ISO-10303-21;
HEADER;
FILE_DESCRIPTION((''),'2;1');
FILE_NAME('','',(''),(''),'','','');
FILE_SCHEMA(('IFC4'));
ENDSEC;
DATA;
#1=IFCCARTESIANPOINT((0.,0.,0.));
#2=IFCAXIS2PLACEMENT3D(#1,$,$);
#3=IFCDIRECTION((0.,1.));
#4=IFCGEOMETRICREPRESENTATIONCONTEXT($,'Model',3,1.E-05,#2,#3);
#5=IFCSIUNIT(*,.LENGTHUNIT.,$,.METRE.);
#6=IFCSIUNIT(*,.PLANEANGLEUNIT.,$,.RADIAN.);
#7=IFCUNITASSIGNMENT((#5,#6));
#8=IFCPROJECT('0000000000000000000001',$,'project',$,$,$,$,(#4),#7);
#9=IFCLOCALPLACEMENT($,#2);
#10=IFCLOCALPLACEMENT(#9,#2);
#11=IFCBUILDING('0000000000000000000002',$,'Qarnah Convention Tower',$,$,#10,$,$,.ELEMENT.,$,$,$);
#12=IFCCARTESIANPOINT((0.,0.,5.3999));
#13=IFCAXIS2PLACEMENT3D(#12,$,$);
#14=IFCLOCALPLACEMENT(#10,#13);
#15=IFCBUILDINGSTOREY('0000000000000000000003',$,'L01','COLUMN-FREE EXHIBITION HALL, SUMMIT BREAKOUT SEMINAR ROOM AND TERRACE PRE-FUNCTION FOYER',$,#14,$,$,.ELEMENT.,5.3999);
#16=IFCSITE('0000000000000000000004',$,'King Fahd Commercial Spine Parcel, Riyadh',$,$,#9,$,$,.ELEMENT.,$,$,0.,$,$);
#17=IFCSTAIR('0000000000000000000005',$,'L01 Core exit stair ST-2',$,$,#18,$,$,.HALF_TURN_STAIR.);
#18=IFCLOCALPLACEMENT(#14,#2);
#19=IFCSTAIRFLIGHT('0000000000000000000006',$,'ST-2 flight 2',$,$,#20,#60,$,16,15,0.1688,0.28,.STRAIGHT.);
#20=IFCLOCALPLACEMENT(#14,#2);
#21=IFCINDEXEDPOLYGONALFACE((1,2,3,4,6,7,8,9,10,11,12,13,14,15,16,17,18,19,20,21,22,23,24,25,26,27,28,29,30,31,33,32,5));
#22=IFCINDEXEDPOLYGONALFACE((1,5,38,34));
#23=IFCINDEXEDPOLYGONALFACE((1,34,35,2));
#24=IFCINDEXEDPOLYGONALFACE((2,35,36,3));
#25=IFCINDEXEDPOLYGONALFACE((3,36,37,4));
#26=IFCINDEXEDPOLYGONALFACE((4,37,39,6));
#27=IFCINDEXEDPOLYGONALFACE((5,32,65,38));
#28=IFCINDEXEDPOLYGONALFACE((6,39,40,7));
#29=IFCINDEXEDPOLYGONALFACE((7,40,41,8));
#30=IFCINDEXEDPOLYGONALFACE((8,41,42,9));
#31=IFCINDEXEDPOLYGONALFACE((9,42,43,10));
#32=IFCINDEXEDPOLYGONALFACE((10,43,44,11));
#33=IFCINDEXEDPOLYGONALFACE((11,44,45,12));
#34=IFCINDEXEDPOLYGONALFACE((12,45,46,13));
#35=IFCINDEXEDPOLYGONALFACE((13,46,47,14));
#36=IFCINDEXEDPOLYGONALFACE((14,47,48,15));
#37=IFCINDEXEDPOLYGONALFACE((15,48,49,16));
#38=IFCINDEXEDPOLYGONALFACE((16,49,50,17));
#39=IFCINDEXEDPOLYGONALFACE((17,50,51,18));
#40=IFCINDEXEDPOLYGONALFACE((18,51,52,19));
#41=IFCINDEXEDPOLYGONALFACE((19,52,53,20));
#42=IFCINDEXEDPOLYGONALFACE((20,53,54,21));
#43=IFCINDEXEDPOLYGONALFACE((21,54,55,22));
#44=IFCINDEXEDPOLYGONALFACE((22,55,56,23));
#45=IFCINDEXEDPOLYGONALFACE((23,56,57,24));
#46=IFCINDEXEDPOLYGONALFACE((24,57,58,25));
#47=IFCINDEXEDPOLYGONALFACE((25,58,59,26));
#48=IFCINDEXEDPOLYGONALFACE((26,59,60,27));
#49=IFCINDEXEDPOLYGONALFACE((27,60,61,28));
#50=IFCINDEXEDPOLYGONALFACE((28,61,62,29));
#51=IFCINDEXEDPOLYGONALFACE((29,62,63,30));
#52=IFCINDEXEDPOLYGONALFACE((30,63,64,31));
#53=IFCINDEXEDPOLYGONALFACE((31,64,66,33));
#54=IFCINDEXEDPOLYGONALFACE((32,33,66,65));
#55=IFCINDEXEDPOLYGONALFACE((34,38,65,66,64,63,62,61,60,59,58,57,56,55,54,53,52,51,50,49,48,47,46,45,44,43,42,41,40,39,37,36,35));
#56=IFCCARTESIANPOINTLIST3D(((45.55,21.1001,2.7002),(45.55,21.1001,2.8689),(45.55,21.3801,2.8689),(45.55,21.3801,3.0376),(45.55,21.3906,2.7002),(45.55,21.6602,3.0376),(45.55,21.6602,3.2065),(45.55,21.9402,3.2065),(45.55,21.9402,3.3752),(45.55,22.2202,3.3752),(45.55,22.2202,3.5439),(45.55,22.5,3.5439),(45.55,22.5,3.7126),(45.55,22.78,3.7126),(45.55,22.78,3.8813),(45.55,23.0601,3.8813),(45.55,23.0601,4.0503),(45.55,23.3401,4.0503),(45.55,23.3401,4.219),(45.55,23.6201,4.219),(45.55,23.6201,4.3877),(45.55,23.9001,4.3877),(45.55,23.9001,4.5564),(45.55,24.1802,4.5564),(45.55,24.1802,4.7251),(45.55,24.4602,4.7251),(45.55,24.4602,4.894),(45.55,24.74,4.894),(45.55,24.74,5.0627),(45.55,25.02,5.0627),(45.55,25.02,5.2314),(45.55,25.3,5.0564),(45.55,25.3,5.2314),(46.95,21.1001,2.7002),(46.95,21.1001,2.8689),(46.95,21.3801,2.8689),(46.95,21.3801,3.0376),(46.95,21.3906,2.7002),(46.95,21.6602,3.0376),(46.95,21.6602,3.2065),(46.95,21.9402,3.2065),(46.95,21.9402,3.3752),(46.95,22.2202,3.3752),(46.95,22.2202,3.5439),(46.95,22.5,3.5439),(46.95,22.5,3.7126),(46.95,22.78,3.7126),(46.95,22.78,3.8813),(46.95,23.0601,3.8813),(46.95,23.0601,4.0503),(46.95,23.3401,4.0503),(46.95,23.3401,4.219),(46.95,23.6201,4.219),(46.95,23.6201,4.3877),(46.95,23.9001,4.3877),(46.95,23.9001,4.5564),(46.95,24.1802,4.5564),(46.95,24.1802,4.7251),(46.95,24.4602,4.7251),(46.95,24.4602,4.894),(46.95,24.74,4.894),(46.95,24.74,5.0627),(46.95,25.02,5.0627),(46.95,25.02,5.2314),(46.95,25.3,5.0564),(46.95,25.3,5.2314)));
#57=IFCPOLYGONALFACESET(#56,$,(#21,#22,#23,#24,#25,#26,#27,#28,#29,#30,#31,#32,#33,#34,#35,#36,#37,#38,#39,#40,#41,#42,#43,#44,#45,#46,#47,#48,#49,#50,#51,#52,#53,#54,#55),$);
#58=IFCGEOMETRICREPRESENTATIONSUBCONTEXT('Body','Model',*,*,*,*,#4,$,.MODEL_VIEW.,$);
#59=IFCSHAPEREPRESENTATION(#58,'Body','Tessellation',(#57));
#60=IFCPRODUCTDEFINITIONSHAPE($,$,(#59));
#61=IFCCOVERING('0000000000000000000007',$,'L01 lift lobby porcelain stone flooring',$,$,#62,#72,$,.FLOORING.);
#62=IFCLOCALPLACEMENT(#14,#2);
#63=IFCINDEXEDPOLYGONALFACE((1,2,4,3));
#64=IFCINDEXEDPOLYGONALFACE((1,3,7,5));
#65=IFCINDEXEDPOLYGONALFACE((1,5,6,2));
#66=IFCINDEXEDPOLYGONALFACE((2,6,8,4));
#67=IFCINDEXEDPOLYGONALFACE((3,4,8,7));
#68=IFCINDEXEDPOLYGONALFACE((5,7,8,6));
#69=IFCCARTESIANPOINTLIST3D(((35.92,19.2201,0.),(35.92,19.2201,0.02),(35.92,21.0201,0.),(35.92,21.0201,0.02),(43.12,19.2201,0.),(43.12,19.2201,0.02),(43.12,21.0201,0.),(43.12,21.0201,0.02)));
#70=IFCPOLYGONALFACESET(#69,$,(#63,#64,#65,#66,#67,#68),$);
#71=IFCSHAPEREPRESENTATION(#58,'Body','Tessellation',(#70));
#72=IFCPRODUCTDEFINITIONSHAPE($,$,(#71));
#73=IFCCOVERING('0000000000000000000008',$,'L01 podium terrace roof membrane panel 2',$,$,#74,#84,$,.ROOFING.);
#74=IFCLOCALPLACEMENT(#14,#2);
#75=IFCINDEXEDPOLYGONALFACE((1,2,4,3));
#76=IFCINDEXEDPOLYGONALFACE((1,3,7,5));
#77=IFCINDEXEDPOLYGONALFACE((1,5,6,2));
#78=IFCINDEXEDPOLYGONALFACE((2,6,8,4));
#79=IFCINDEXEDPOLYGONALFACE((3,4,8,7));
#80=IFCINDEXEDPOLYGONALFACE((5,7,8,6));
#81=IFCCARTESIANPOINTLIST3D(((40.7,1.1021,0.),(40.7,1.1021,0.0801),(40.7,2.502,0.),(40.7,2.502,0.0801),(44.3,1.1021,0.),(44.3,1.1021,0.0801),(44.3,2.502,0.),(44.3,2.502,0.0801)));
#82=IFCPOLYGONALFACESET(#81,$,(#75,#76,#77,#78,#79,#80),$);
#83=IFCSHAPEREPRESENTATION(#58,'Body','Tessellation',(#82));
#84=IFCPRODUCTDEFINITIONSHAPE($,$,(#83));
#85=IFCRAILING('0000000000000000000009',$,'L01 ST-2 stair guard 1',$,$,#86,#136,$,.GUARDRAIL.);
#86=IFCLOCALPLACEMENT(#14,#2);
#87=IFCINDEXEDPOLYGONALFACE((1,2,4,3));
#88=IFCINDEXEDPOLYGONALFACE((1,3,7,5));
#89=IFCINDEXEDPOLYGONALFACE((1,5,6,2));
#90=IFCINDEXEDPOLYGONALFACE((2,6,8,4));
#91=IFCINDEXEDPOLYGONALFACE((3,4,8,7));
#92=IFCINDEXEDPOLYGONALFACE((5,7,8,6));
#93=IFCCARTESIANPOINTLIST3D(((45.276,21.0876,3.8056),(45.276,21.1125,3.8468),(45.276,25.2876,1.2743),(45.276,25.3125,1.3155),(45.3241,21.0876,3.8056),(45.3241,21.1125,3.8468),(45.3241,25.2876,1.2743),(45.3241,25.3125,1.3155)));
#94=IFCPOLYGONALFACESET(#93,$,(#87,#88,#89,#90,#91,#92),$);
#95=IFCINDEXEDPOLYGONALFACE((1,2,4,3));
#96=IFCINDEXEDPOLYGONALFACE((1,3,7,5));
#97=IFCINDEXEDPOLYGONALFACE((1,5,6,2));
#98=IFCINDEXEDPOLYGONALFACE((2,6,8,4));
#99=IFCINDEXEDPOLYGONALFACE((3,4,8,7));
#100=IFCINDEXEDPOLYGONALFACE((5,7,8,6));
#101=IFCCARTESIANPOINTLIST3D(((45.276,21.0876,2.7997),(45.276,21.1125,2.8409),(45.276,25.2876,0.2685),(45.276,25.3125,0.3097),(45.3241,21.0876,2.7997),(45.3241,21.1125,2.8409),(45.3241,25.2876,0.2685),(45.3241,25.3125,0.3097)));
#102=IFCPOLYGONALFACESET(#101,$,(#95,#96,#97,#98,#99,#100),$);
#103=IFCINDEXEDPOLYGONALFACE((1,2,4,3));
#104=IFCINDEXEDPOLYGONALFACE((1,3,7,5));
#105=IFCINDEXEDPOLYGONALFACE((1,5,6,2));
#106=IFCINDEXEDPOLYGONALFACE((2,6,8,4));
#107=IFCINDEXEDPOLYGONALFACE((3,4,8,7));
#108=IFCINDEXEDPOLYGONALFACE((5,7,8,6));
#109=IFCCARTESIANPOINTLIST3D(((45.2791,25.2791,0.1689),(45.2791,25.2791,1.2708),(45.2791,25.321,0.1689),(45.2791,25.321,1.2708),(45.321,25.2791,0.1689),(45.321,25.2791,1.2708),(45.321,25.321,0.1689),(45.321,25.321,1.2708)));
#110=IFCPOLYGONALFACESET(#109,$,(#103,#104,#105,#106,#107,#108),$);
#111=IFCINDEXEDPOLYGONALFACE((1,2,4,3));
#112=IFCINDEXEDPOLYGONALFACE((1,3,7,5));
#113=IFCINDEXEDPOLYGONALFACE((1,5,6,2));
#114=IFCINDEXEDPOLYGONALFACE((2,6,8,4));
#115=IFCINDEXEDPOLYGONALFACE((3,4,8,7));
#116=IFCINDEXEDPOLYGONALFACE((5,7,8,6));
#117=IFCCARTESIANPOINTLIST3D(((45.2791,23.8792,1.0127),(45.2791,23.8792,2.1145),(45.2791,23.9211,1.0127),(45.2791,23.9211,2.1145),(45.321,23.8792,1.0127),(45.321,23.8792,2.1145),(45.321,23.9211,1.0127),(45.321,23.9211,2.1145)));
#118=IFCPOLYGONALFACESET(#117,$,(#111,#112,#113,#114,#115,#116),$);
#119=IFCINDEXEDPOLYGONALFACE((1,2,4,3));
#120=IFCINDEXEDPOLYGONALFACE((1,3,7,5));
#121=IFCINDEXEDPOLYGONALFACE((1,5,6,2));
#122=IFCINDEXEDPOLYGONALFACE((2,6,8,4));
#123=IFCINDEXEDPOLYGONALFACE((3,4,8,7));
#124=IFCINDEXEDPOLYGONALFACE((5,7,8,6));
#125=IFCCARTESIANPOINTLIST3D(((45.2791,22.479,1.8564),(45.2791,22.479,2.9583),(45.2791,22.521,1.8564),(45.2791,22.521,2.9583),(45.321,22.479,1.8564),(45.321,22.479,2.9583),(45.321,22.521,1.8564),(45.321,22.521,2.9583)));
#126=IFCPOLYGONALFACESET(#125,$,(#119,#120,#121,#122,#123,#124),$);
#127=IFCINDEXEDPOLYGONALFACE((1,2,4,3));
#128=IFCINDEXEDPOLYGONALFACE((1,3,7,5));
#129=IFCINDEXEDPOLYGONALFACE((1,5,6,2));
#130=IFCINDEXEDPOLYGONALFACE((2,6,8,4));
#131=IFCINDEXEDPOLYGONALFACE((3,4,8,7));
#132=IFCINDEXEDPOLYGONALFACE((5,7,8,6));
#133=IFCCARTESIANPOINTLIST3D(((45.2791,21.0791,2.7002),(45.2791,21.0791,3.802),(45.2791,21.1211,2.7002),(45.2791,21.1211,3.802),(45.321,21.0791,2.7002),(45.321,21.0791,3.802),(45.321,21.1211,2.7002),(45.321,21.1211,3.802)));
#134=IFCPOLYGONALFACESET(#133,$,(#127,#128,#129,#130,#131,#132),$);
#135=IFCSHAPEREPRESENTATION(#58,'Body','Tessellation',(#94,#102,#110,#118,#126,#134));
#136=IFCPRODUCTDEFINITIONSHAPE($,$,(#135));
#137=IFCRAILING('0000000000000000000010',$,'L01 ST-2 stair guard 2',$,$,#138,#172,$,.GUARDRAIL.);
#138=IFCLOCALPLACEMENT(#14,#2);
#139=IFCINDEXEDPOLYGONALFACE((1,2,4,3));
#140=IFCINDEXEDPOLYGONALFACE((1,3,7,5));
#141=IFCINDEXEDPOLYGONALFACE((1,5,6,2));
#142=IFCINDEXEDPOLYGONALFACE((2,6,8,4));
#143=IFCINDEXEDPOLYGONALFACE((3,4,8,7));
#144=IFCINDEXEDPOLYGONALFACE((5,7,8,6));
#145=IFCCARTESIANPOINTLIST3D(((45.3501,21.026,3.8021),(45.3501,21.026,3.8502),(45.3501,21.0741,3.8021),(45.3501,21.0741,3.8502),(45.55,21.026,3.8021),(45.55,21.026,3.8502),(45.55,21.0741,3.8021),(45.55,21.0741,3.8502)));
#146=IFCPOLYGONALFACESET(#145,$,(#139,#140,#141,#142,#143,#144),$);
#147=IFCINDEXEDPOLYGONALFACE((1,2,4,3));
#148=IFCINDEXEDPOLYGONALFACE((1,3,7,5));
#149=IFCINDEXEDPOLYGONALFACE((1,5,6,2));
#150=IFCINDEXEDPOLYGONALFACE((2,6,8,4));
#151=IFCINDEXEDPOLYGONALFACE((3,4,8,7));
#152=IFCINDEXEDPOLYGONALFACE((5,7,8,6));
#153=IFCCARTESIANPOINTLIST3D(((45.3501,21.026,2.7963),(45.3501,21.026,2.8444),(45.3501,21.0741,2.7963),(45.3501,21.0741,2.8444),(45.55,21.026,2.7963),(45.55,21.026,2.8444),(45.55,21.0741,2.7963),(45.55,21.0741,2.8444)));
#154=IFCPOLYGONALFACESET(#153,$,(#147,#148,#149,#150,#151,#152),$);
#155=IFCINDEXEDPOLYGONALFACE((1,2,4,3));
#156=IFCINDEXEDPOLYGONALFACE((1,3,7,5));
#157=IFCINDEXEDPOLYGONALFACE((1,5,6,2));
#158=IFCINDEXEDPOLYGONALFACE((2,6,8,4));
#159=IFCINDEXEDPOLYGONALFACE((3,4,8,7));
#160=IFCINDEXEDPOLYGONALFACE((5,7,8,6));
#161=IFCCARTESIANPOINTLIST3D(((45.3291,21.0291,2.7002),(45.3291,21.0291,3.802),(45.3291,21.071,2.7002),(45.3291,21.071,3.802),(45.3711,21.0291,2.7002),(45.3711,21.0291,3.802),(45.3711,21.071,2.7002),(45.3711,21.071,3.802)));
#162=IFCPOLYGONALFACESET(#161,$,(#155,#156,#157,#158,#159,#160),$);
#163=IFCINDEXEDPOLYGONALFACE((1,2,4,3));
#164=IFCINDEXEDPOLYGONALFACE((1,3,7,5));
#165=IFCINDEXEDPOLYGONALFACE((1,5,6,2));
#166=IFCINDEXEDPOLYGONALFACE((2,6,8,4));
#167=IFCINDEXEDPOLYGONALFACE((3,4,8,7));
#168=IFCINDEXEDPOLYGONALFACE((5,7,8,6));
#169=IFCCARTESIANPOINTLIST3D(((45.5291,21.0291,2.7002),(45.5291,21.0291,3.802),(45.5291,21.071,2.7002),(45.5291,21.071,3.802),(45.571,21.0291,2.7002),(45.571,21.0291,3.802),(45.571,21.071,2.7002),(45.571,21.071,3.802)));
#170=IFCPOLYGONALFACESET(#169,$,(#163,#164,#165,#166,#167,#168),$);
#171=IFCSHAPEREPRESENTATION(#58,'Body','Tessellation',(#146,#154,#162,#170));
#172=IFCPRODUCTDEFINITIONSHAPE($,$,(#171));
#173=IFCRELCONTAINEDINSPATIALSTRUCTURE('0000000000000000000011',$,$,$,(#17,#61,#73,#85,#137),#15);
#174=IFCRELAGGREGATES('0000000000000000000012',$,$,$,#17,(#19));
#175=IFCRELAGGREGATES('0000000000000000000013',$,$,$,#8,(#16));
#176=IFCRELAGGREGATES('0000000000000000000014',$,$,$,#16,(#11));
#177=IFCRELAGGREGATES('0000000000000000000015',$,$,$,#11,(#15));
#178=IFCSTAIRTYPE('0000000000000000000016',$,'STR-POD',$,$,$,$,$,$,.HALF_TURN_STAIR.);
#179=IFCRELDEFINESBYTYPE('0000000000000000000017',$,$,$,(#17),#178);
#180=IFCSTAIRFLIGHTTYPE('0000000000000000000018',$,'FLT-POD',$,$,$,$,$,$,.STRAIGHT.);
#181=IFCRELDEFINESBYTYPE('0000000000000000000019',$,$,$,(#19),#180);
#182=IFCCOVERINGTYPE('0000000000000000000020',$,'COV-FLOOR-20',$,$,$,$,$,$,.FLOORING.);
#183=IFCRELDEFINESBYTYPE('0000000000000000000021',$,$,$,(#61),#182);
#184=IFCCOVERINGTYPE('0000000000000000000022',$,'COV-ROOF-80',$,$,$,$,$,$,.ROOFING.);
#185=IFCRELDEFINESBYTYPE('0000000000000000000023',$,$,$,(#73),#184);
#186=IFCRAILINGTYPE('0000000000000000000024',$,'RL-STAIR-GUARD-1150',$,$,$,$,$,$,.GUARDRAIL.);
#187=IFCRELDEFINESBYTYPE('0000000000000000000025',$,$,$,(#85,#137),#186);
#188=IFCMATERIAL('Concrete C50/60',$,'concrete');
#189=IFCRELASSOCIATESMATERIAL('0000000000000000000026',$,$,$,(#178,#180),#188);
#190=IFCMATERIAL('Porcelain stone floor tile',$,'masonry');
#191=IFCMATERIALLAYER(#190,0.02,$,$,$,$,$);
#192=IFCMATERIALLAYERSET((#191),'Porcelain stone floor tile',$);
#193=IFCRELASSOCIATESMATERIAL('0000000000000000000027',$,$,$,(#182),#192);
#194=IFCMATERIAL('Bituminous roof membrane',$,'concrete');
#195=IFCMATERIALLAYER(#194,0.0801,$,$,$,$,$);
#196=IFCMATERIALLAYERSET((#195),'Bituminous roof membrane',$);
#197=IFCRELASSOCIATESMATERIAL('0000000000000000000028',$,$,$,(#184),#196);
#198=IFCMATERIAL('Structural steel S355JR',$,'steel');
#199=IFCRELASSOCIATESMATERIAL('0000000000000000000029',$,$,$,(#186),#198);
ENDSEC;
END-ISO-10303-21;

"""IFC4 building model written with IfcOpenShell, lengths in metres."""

from ifc_helpers import new_model, si_unit, direction, frame, origin, origin_2d, place, context, subcontext, project, spatial, polyline, rectangle, outline, extrude, material, layer, layer_set, type_object, element, aggregate, save


model = new_model("IFC4")

# Units and contexts
model_context = context("Model", 3, precision=1e-05, world=origin(), true_north=direction((0.0, 1.0)))
body_context = subcontext(model_context, "Body", "Model", "MODEL_VIEW")
ifc_project = project(units=[si_unit("LENGTHUNIT", "METRE"), si_unit("PLANEANGLEUNIT", "RADIAN")], contexts=[model_context])

# Site, building, storey
site_placement = place(None, origin())
site = spatial("IfcSite", under=ifc_project, at=site_placement, Name="King Fahd Commercial Spine Parcel, Riyadh", CompositionType="ELEMENT", RefElevation=0.0)
building_placement = place(site_placement, origin())
building = spatial("IfcBuilding", under=site, at=building_placement, Name="Qarnah Convention Tower", CompositionType="ELEMENT")
storey_placement = place(building_placement, frame((0.0, 0.0, 5.3999)))
storey = spatial("IfcBuildingStorey", under=building, at=storey_placement, Name="L01", Description="COLUMN-FREE EXHIBITION HALL, SUMMIT BREAKOUT SEMINAR ROOM AND TERRACE PRE-FUNCTION FOYER", CompositionType="ELEMENT", Elevation=5.3999)

# Shared definitions
ifc_material_1 = material(Name="Structural steel S355JR", Category="steel")

# Stair, stair flight
ifc_material_2 = material(Name="Concrete C50/60", Category="concrete")
stair_type = type_object("IfcStairType", Name="STR-POD", PredefinedType="HALF_TURN_STAIR", material=ifc_material_2)
stair_placement = place(storey_placement, origin())
stair = element("IfcStair", 1, at=stair_placement, inside=storey, type_object=stair_type, Name="L01 Core exit stair ST-2", PredefinedType="HALF_TURN_STAIR")
stair_flight_type = type_object("IfcStairFlightType", Name="FLT-POD", PredefinedType="STRAIGHT", material=ifc_material_2)
stair_flight_1_placement = place(storey_placement, frame((46.25, 21.1001, 2.7002), z_axis=(0.0, 0.0, 1.0), x_axis=(0.0, 1.0, 0.0)))
stair_flight_1 = element("IfcStairFlight", 2, at=stair_flight_1_placement, type_object=stair_flight_type, Name="ST-2 flight 2", NumberOfRisers=16, NumberOfTreads=15, PredefinedType="STRAIGHT", RiserHeight=0.1688, TreadLength=0.28, context=body_context, shape_type="SweptSolid", body=[
    extrude(outline(polyline([(0.0, 0.0), (0.0, 0.1687), (0.28, 0.1687), (0.28, 0.3374), (0.5601, 0.3374), (0.5601, 0.5063), (0.8401, 0.5063), (0.8401, 0.675), (1.1201, 0.675), (1.1201, 0.8438), (1.3999, 0.8438), (1.3999, 1.0125), (1.6799, 1.0125), (1.6799, 1.1812), (1.96, 1.1812), (1.96, 1.3501), (2.24, 1.3501), (2.24, 1.5188), (2.52, 1.5188), (2.52, 1.6875), (2.8, 1.6875), (2.8, 1.8562), (3.0801, 1.8562), (3.0801, 2.0249), (3.3601, 2.0249), (3.3601, 2.1938), (3.6399, 2.1938), (3.6399, 2.3625), (3.9199, 2.3625), (3.9199, 2.5312), (4.2, 2.5312), (4.2, 2.7), (4.2, 2.3562), (0.2905, 0.0), (0.0, 0.0)])), frame((0.0, 0.7, 0.0), z_axis=(0.0, -1.0, 0.0), x_axis=(1.0, 0.0, 0.0)), (0.0, 0.0, 1.0), 1.3999),
])
aggregate(stair, [stair_flight_1])

# Coverings
ifc_material_3 = material(Name="Porcelain stone floor tile", Category="masonry")
ifc_layer_1 = layer(ifc_material_3, 0.02)
ifc_layer_set_1 = layer_set([ifc_layer_1], Name="Porcelain stone floor tile")
covering_type_1 = type_object("IfcCoveringType", Name="COV-FLOOR-20", PredefinedType="FLOORING", material=ifc_layer_set_1)
covering_1_placement = place(storey_placement, frame((39.52, 20.1201, 0.0), z_axis=(0.0, 0.0, 1.0), x_axis=(1.0, 0.0, 0.0)))
element("IfcCovering", 3, at=covering_1_placement, inside=storey, type_object=covering_type_1, Name="L01 lift lobby porcelain stone flooring", PredefinedType="FLOORING", context=body_context, shape_type="SweptSolid", body=[
    extrude(rectangle(XDim=7.2, YDim=1.8, at=origin_2d()), origin(), (0.0, 0.0, 1.0), 0.02),
])
ifc_material_4 = material(Name="Bituminous roof membrane", Category="concrete")
ifc_layer_2 = layer(ifc_material_4, 0.0801)
ifc_layer_set_2 = layer_set([ifc_layer_2], Name="Bituminous roof membrane")
covering_type_2 = type_object("IfcCoveringType", Name="COV-ROOF-80", PredefinedType="ROOFING", material=ifc_layer_set_2)
covering_2_placement = place(storey_placement, frame((42.5, 1.802, 0.0), z_axis=(0.0, 0.0, 1.0), x_axis=(1.0, 0.0, 0.0)))
element("IfcCovering", 4, at=covering_2_placement, inside=storey, type_object=covering_type_2, Name="L01 podium terrace roof membrane panel 2", PredefinedType="ROOFING", context=body_context, shape_type="SweptSolid", body=[
    extrude(rectangle(XDim=3.6001, YDim=1.3999, at=origin_2d()), origin(), (0.0, 0.0, 1.0), 0.0801),
])

# Railings
railing_type_1 = type_object("IfcRailingType", Name="RL-STAIR-GUARD-1150", PredefinedType="GUARDRAIL", material=ifc_material_1)
railing_1_placement = place(storey_placement, frame((45.3, 25.3, 0.1689)))
element("IfcRailing", 5, at=railing_1_placement, inside=storey, type_object=railing_type_1, Name="L01 ST-2 stair guard 1", PredefinedType="GUARDRAIL", context=body_context, shape_type="SweptSolid", body=[
    extrude(rectangle(XDim=0.0481, YDim=0.0481, at=origin_2d()), frame((0.0, 0.0, 1.126), z_axis=(0.0, -0.856476, 0.516186), x_axis=(1.0, 0.0, 0.0)), (0.0, 0.0, 1.0), 4.9038),
    extrude(rectangle(XDim=0.0481, YDim=0.0481, at=origin_2d()), frame((0.0, 0.0, 0.1201), z_axis=(0.0, -0.856476, 0.516186), x_axis=(1.0, 0.0, 0.0)), (0.0, 0.0, 1.0), 4.9038),
    extrude(rectangle(XDim=0.042, YDim=0.042, at=origin_2d()), origin(), (0.0, 0.0, 1.0), 1.1018),
    extrude(rectangle(XDim=0.042, YDim=0.042, at=origin_2d()), frame((0.0, -1.3999, 0.8438)), (0.0, 0.0, 1.0), 1.1018),
    extrude(rectangle(XDim=0.042, YDim=0.042, at=origin_2d()), frame((0.0, -2.8, 1.6875)), (0.0, 0.0, 1.0), 1.1018),
    extrude(rectangle(XDim=0.042, YDim=0.042, at=origin_2d()), frame((0.0, -4.2, 2.5312)), (0.0, 0.0, 1.0), 1.1018),
])
railing_2_placement = place(storey_placement, frame((45.3501, 21.05, 2.7002)))
element("IfcRailing", 6, at=railing_2_placement, inside=storey, type_object=railing_type_1, Name="L01 ST-2 stair guard 2", PredefinedType="GUARDRAIL", context=body_context, shape_type="SweptSolid", body=[
    extrude(rectangle(XDim=0.0481, YDim=0.0481, at=origin_2d()), frame((0.0, 0.0, 1.126), z_axis=(1.0, 0.0, 0.0), x_axis=(0.0, 1.0, 0.0)), (0.0, 0.0, 1.0), 0.2),
    extrude(rectangle(XDim=0.0481, YDim=0.0481, at=origin_2d()), frame((0.0, 0.0, 0.1201), z_axis=(1.0, 0.0, 0.0), x_axis=(0.0, 1.0, 0.0)), (0.0, 0.0, 1.0), 0.2),
    extrude(rectangle(XDim=0.042, YDim=0.042, at=origin_2d()), origin(), (0.0, 0.0, 1.0), 1.1018),
    extrude(rectangle(XDim=0.042, YDim=0.042, at=origin_2d()), frame((0.2, 0.0, 0.0)), (0.0, 0.0, 1.0), 1.1018),
])

save(model, "model.ifc")
